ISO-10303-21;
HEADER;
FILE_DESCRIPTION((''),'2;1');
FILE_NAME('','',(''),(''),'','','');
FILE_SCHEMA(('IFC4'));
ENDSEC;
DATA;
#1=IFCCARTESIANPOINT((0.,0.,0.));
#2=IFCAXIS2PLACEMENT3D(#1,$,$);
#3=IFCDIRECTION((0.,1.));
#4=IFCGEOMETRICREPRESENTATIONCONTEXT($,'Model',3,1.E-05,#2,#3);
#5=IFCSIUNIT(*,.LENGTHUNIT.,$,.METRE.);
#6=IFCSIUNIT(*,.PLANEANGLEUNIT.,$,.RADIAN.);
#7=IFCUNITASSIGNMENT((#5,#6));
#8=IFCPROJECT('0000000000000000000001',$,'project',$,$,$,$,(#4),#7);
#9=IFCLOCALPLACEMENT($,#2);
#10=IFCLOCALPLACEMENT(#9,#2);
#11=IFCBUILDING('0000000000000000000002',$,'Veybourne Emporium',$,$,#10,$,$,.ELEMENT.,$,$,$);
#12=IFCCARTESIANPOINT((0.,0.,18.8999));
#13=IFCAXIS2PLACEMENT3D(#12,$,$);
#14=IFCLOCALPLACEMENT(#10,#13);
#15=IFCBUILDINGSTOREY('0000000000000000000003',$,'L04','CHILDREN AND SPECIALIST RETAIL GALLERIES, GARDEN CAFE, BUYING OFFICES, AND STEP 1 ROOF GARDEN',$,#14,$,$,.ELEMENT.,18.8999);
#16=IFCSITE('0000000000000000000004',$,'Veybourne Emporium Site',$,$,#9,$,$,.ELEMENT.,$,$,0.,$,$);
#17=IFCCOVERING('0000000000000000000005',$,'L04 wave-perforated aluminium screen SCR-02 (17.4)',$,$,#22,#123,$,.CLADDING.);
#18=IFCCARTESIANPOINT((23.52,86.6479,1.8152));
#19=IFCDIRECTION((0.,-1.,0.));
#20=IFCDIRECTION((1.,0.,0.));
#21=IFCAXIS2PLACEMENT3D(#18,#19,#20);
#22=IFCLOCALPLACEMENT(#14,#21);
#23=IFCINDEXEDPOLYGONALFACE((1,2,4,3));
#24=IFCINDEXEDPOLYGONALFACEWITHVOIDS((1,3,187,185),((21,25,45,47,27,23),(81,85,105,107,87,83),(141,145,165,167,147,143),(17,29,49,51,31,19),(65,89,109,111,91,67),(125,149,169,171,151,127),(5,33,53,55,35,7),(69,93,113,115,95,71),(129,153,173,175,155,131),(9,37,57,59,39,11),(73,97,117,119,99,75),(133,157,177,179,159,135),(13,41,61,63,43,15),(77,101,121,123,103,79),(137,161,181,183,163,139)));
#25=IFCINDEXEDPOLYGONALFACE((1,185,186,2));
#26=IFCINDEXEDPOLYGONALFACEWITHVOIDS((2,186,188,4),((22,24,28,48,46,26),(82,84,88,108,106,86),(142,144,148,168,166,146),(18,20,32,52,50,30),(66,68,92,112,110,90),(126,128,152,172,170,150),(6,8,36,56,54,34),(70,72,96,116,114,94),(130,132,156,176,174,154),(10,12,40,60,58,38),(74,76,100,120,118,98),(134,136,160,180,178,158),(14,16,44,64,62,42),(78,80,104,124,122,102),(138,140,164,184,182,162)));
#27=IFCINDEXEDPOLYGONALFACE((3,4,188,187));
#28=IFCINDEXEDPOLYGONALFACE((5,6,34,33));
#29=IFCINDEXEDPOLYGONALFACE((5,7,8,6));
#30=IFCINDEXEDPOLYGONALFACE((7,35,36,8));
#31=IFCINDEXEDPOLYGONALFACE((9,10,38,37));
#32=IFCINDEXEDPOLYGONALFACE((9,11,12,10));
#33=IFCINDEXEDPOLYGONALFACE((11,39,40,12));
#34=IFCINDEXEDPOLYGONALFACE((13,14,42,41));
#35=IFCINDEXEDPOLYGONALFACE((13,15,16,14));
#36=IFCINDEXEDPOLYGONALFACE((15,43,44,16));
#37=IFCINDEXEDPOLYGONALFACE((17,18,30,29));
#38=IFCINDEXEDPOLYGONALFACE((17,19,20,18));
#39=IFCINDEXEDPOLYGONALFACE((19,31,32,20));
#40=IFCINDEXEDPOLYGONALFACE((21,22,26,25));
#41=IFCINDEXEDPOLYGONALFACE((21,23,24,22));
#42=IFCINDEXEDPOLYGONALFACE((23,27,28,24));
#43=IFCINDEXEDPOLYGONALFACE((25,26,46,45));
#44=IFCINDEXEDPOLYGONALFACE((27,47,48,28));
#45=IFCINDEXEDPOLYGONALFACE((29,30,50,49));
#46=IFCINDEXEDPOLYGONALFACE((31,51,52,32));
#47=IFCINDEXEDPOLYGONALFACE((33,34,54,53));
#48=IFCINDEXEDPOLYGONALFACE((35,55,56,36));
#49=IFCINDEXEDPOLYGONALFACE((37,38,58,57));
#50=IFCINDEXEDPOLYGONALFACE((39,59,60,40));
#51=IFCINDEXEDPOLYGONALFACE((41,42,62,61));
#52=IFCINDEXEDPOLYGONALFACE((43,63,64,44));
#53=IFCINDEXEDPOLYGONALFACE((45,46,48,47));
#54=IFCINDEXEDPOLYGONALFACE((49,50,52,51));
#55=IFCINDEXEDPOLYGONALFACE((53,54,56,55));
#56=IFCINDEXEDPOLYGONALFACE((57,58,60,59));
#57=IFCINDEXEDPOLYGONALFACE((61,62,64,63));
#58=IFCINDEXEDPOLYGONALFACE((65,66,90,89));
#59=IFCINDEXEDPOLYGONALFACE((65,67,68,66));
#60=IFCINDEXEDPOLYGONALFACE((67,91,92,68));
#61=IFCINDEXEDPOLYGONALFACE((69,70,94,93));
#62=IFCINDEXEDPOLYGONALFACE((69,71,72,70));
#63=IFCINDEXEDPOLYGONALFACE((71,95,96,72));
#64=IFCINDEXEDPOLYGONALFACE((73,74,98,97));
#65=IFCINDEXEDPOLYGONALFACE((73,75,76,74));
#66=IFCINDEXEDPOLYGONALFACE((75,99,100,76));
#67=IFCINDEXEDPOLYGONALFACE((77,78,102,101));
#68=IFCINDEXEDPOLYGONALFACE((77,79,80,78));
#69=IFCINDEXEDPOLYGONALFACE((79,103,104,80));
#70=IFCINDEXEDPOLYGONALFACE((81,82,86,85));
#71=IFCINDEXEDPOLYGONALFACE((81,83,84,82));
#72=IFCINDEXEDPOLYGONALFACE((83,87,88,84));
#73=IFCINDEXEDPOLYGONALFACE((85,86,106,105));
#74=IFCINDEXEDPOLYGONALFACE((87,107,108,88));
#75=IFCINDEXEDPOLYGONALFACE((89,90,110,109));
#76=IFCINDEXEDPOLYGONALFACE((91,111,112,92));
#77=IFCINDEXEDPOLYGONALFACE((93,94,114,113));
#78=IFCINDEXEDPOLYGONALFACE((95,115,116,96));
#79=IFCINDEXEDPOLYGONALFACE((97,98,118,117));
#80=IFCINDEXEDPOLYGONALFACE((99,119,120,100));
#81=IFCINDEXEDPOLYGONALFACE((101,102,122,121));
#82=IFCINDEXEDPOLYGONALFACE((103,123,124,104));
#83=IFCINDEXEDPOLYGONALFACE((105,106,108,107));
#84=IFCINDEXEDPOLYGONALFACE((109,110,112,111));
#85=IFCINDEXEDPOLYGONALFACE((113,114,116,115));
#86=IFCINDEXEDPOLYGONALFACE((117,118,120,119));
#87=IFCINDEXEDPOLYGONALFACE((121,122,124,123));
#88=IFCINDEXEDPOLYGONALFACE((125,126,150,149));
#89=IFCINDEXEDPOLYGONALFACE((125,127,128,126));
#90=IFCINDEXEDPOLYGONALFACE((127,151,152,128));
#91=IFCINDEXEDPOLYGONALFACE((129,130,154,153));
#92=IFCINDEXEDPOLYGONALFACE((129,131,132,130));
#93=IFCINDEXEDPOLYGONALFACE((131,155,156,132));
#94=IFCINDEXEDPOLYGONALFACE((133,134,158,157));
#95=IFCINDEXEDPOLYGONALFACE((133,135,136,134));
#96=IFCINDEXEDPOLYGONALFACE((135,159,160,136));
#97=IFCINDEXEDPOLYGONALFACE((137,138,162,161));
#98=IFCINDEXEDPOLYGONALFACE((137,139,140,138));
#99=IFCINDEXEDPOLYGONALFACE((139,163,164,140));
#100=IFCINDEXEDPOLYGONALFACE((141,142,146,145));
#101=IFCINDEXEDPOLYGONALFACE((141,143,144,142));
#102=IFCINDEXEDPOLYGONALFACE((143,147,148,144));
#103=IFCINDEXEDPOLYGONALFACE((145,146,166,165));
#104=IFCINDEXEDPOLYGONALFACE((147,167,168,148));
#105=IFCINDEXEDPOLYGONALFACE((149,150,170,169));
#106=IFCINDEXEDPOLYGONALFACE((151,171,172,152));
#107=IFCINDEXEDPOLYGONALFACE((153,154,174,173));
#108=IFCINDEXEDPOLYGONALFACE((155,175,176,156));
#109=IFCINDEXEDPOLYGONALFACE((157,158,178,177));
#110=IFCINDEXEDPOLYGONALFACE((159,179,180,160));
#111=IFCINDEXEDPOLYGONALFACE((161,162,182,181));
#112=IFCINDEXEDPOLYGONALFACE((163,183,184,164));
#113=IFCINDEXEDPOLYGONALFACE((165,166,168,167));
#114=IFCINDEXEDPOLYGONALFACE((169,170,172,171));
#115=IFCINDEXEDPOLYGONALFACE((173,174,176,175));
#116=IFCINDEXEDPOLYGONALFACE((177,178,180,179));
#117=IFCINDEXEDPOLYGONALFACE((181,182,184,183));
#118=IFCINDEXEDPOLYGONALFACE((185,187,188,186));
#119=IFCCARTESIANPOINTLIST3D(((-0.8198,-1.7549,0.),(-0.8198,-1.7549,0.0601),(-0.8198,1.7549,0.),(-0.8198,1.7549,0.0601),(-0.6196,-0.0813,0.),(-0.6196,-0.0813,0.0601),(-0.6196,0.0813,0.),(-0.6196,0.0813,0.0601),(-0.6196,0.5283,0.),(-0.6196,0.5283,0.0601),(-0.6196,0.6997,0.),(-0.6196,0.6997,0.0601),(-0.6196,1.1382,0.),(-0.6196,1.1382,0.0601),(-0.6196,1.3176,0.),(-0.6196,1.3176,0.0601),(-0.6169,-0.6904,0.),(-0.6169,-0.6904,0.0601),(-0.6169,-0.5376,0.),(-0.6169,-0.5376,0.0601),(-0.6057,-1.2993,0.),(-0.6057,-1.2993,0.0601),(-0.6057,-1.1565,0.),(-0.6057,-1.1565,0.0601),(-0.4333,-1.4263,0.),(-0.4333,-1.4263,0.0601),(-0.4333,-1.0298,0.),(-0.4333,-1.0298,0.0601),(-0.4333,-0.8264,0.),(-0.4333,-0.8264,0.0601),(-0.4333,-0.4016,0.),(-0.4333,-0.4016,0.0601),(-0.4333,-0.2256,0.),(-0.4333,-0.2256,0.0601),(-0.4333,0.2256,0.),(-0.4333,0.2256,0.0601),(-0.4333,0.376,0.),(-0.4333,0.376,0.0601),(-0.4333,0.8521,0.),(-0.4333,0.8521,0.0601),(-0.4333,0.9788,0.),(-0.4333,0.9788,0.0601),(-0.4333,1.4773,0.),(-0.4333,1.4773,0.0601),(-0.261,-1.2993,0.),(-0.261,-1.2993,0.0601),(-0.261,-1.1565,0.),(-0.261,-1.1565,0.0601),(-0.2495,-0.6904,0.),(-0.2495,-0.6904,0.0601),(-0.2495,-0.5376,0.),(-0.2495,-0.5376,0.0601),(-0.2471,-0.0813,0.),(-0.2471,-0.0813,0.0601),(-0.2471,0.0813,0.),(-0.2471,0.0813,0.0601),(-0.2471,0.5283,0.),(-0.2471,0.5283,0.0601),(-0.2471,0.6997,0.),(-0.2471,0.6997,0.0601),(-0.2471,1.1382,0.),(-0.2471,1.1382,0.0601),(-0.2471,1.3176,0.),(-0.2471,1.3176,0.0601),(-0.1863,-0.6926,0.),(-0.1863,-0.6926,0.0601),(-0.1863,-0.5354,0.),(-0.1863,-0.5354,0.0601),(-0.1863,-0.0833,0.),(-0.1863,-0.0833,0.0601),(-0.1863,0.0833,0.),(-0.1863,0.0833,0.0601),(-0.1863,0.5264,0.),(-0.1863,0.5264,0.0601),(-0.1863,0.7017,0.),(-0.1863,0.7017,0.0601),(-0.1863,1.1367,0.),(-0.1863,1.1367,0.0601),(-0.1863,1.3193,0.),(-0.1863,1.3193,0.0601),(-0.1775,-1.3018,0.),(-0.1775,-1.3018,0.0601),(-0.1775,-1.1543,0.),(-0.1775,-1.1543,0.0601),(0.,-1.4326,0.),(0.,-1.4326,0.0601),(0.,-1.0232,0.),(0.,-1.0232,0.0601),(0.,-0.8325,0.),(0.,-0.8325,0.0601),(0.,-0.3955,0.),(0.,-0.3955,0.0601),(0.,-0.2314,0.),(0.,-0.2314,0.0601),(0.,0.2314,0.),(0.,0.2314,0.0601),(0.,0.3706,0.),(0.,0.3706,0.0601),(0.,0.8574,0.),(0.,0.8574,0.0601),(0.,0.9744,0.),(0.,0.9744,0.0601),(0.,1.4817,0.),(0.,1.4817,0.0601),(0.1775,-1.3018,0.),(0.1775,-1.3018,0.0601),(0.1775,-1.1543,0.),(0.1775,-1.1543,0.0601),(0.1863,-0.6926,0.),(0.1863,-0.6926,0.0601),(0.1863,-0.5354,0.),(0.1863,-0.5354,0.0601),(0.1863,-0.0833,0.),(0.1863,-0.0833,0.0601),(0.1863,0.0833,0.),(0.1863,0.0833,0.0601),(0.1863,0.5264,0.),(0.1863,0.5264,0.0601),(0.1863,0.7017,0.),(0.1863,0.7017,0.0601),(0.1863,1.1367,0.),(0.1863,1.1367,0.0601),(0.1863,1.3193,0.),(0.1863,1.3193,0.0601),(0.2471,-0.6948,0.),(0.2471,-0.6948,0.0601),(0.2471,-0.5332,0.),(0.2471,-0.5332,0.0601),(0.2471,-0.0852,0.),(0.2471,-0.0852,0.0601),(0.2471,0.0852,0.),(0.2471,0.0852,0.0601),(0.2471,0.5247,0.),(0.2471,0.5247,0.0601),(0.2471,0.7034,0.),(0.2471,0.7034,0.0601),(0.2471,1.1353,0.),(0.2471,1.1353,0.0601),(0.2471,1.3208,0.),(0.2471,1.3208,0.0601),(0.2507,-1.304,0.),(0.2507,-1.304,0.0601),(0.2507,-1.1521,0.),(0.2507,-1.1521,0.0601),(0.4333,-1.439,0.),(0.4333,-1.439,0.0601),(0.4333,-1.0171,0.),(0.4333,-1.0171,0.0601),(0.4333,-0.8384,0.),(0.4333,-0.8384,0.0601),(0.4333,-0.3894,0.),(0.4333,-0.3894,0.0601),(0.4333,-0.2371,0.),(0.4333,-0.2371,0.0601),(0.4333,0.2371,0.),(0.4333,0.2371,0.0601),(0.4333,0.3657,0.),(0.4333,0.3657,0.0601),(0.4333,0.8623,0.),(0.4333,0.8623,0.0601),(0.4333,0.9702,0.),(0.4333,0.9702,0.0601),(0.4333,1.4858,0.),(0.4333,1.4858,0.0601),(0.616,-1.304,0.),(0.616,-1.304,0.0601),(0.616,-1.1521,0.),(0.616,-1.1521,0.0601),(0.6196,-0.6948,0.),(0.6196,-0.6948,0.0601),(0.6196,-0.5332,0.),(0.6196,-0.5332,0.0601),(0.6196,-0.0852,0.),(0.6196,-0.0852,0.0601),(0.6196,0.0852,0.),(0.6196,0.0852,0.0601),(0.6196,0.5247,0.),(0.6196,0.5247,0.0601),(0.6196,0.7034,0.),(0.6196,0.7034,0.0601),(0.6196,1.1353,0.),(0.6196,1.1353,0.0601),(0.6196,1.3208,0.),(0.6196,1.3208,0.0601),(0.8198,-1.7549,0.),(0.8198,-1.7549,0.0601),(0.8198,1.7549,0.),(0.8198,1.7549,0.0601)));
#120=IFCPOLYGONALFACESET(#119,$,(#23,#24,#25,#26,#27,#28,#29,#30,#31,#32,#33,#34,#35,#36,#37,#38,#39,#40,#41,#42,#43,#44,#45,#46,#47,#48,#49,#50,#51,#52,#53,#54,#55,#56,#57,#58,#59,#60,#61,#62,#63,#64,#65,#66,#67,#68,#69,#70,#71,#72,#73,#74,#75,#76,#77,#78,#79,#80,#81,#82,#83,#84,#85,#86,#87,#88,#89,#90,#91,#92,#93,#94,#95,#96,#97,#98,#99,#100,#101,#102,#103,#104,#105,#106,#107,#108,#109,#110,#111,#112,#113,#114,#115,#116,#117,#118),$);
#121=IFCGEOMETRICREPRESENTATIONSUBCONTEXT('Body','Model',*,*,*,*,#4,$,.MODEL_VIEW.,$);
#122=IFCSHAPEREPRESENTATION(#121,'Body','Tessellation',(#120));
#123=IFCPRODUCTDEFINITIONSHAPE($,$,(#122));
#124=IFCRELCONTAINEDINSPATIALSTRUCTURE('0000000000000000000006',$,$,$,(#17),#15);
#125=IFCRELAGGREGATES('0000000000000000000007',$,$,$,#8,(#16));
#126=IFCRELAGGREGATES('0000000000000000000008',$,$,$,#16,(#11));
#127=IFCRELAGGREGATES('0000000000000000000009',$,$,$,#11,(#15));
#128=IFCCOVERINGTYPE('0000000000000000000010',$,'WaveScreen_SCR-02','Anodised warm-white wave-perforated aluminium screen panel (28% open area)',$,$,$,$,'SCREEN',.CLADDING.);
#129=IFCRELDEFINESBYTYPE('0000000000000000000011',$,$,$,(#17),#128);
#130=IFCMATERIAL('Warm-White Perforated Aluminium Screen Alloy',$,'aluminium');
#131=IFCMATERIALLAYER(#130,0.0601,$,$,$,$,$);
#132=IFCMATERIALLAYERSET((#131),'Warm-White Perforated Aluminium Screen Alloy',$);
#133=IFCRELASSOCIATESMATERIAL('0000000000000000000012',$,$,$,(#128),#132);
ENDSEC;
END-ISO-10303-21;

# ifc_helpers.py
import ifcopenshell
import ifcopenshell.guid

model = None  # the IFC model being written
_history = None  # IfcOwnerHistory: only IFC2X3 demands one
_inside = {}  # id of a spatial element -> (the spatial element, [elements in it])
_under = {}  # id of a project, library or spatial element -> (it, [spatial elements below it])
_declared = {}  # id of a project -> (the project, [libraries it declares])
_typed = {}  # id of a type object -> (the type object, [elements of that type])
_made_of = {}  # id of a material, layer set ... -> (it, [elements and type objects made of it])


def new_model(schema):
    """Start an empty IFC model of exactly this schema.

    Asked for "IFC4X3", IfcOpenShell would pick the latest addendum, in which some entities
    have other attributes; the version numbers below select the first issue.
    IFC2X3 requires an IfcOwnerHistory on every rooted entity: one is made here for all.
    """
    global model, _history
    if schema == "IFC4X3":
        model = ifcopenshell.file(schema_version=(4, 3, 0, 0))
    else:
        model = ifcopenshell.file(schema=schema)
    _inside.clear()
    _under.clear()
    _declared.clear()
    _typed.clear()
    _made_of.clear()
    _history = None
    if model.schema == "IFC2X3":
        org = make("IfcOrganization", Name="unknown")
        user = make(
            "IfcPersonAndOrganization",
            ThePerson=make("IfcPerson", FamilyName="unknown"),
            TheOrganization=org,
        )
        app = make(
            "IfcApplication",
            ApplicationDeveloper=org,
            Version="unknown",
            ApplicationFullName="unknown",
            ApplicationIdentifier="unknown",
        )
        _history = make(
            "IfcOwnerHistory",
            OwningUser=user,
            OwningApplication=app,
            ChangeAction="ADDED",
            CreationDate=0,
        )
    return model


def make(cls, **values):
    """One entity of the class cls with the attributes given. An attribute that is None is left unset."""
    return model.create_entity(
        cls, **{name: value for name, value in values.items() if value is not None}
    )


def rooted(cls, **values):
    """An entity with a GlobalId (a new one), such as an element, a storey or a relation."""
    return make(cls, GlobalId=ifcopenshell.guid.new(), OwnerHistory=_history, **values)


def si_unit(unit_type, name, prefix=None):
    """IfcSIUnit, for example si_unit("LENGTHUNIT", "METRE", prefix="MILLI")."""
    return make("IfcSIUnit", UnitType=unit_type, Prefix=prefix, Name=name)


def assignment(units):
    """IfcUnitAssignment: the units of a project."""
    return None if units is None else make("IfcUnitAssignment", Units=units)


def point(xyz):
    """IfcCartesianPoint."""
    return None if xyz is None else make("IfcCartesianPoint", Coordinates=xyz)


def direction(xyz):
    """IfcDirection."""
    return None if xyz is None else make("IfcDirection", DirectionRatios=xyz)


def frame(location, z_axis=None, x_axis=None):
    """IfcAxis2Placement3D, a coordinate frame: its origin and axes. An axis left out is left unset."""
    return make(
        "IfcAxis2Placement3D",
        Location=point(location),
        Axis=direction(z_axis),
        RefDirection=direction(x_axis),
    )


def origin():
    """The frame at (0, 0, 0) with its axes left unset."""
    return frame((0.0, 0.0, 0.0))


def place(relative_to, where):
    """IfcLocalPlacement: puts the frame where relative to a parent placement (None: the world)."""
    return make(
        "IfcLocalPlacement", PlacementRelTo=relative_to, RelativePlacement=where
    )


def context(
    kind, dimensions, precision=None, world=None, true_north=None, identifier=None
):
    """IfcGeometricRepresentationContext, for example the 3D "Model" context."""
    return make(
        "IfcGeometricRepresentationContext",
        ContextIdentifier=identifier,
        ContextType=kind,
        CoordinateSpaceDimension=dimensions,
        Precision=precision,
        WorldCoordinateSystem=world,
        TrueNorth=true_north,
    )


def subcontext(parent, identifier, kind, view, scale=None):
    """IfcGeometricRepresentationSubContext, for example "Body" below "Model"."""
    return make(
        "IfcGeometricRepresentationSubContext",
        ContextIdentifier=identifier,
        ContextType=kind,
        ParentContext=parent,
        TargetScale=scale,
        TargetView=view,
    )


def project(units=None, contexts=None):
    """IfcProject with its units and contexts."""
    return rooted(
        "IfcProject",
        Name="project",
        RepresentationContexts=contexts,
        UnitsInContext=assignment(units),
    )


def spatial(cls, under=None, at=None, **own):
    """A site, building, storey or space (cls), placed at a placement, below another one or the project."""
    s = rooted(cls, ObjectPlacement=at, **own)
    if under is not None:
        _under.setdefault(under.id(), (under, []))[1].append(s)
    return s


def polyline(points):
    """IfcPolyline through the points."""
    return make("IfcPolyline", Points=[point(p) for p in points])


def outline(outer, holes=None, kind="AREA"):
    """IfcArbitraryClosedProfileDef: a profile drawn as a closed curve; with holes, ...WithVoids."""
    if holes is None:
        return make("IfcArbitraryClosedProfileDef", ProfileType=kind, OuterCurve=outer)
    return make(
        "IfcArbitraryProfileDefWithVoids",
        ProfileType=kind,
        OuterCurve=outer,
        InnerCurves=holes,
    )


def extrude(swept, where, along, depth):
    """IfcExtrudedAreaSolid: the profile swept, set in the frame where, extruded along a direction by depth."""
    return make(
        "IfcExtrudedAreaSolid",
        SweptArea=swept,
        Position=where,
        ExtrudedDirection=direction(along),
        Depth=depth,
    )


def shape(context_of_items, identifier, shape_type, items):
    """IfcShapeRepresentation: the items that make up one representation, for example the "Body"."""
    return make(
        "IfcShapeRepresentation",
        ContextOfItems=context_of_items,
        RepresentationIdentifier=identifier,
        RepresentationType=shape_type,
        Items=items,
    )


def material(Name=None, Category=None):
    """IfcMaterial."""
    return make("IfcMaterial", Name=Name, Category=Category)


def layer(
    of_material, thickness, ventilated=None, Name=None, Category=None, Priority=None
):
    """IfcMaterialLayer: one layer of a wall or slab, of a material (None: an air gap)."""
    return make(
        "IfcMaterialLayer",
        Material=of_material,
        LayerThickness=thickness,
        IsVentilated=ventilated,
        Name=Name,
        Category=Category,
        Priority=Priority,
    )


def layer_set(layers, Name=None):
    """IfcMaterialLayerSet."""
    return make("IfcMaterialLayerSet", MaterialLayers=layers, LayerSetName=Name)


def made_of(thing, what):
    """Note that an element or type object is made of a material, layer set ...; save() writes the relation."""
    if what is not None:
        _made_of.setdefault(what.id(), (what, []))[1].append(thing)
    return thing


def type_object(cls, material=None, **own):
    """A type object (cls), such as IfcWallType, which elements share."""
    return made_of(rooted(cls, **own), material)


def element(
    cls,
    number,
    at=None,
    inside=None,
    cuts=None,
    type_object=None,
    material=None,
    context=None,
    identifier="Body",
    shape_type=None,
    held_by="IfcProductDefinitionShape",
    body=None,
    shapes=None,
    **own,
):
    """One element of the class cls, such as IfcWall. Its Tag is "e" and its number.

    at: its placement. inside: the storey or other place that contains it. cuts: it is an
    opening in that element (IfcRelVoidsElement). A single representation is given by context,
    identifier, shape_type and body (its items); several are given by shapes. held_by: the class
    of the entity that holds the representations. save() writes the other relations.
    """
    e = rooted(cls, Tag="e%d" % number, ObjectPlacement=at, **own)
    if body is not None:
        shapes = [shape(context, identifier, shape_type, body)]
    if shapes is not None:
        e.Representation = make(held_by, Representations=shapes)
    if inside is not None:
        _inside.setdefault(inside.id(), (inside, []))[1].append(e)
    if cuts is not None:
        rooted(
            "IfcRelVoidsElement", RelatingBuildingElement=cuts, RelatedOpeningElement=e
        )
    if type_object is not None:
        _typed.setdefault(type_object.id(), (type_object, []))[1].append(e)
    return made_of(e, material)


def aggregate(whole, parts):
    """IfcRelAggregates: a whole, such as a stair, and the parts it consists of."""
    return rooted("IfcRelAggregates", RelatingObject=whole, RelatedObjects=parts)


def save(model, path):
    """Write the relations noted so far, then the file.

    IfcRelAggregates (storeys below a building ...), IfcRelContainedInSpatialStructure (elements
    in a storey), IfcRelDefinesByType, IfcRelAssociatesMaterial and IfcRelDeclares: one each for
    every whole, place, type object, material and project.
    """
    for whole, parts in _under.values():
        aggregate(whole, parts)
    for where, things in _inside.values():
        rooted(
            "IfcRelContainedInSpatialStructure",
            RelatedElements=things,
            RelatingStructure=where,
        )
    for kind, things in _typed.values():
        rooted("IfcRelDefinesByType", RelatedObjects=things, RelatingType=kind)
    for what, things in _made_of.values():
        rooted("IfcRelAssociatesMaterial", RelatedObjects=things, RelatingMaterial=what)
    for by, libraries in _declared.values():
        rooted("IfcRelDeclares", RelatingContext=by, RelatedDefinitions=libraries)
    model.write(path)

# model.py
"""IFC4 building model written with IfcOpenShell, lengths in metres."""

from ifc_helpers import new_model, si_unit, direction, frame, origin, place, context, subcontext, project, spatial, polyline, outline, extrude, material, layer, layer_set, type_object, element, save


model = new_model("IFC4")

# Units and contexts
model_context = context("Model", 3, precision=1e-05, world=origin(), true_north=direction((0.0, 1.0)))
body_context = subcontext(model_context, "Body", "Model", "MODEL_VIEW")
ifc_project = project(units=[si_unit("LENGTHUNIT", "METRE"), si_unit("PLANEANGLEUNIT", "RADIAN")], contexts=[model_context])

# Site, building, storey
site_placement = place(None, origin())
site = spatial("IfcSite", under=ifc_project, at=site_placement, Name="Veybourne Emporium Site", CompositionType="ELEMENT", RefElevation=0.0)
building_placement = place(site_placement, origin())
building = spatial("IfcBuilding", under=site, at=building_placement, Name="Veybourne Emporium", CompositionType="ELEMENT")
storey_placement = place(building_placement, frame((0.0, 0.0, 18.8999)))
storey = spatial("IfcBuildingStorey", under=building, at=storey_placement, Name="L04", Description="CHILDREN AND SPECIALIST RETAIL GALLERIES, GARDEN CAFE, BUYING OFFICES, AND STEP 1 ROOF GARDEN", CompositionType="ELEMENT", Elevation=18.8999)

# Covering
ifc_material_1 = material(Name="Warm-White Perforated Aluminium Screen Alloy", Category="aluminium")
ifc_layer_1 = layer(ifc_material_1, 0.0601)
ifc_layer_set_1 = layer_set([ifc_layer_1], Name="Warm-White Perforated Aluminium Screen Alloy")
covering_type_1 = type_object("IfcCoveringType", Name="WaveScreen_SCR-02", Description="Anodised warm-white wave-perforated aluminium screen panel (28% open area)", ElementType="SCREEN", PredefinedType="CLADDING", material=ifc_layer_set_1)
covering_1_placement = place(storey_placement, frame((23.52, 86.6479, 1.8152), z_axis=(0.0, -1.0, 0.0), x_axis=(1.0, 0.0, 0.0)))
element("IfcCovering", 1, at=covering_1_placement, inside=storey, type_object=covering_type_1, Name="L04 wave-perforated aluminium screen SCR-02 (17.4)", PredefinedType="CLADDING", context=body_context, shape_type="SweptSolid", body=[
    extrude(outline(polyline([(-0.8198, -1.7549), (0.8198, -1.7549), (0.8198, 1.7549), (-0.8198, 1.7549), (-0.8198, -1.7549)]), holes=[polyline([(-0.4333, -1.0298), (-0.261, -1.1565), (-0.261, -1.2993), (-0.4333, -1.4263), (-0.6057, -1.2993), (-0.6057, -1.1565), (-0.4333, -1.0298)]), polyline([(-0.4333, -0.4016), (-0.2495, -0.5376), (-0.2495, -0.6904), (-0.4333, -0.8264), (-0.6169, -0.6904), (-0.6169, -0.5376), (-0.4333, -0.4016)]), polyline([(-0.4333, 0.2256), (-0.2471, 0.0813), (-0.2471, -0.0813), (-0.4333, -0.2256), (-0.6196, -0.0813), (-0.6196, 0.0813), (-0.4333, 0.2256)]), polyline([(-0.4333, 0.8521), (-0.2471, 0.6997), (-0.2471, 0.5283), (-0.4333, 0.376), (-0.6196, 0.5283), (-0.6196, 0.6997), (-0.4333, 0.8521)]), polyline([(-0.4333, 1.4773), (-0.2471, 1.3176), (-0.2471, 1.1382), (-0.4333, 0.9788), (-0.6196, 1.1382), (-0.6196, 1.3176), (-0.4333, 1.4773)]), polyline([(0.0, -1.0232), (0.1775, -1.1543), (0.1775, -1.3018), (0.0, -1.4326), (-0.1775, -1.3018), (-0.1775, -1.1543), (0.0, -1.0232)]), polyline([(0.0, -0.3955), (0.1863, -0.5354), (0.1863, -0.6926), (0.0, -0.8325), (-0.1863, -0.6926), (-0.1863, -0.5354), (0.0, -0.3955)]), polyline([(0.0, 0.2314), (0.1863, 0.0833), (0.1863, -0.0833), (0.0, -0.2314), (-0.1863, -0.0833), (-0.1863, 0.0833), (0.0, 0.2314)]), polyline([(0.0, 0.8574), (0.1863, 0.7017), (0.1863, 0.5264), (0.0, 0.3706), (-0.1863, 0.5264), (-0.1863, 0.7017), (0.0, 0.8574)]), polyline([(0.0, 1.4817), (0.1863, 1.3193), (0.1863, 1.1367), (0.0, 0.9744), (-0.1863, 1.1367), (-0.1863, 1.3193), (0.0, 1.4817)]), polyline([(0.4333, -1.0171), (0.616, -1.1521), (0.616, -1.304), (0.4333, -1.439), (0.2507, -1.304), (0.2507, -1.1521), (0.4333, -1.0171)]), polyline([(0.4333, -0.3894), (0.6196, -0.5332), (0.6196, -0.6948), (0.4333, -0.8384), (0.2471, -0.6948), (0.2471, -0.5332), (0.4333, -0.3894)]), polyline([(0.4333, 0.2371), (0.6196, 0.0852), (0.6196, -0.0852), (0.4333, -0.2371), (0.2471, -0.0852), (0.2471, 0.0852), (0.4333, 0.2371)]), polyline([(0.4333, 0.8623), (0.6196, 0.7034), (0.6196, 0.5247), (0.4333, 0.3657), (0.2471, 0.5247), (0.2471, 0.7034), (0.4333, 0.8623)]), polyline([(0.4333, 1.4858), (0.6196, 1.3208), (0.6196, 1.1353), (0.4333, 0.9702), (0.2471, 1.1353), (0.2471, 1.3208), (0.4333, 1.4858)])]), origin(), (0.0, 0.0, 1.0), 0.0601),
])

save(model, "model.ifc")
